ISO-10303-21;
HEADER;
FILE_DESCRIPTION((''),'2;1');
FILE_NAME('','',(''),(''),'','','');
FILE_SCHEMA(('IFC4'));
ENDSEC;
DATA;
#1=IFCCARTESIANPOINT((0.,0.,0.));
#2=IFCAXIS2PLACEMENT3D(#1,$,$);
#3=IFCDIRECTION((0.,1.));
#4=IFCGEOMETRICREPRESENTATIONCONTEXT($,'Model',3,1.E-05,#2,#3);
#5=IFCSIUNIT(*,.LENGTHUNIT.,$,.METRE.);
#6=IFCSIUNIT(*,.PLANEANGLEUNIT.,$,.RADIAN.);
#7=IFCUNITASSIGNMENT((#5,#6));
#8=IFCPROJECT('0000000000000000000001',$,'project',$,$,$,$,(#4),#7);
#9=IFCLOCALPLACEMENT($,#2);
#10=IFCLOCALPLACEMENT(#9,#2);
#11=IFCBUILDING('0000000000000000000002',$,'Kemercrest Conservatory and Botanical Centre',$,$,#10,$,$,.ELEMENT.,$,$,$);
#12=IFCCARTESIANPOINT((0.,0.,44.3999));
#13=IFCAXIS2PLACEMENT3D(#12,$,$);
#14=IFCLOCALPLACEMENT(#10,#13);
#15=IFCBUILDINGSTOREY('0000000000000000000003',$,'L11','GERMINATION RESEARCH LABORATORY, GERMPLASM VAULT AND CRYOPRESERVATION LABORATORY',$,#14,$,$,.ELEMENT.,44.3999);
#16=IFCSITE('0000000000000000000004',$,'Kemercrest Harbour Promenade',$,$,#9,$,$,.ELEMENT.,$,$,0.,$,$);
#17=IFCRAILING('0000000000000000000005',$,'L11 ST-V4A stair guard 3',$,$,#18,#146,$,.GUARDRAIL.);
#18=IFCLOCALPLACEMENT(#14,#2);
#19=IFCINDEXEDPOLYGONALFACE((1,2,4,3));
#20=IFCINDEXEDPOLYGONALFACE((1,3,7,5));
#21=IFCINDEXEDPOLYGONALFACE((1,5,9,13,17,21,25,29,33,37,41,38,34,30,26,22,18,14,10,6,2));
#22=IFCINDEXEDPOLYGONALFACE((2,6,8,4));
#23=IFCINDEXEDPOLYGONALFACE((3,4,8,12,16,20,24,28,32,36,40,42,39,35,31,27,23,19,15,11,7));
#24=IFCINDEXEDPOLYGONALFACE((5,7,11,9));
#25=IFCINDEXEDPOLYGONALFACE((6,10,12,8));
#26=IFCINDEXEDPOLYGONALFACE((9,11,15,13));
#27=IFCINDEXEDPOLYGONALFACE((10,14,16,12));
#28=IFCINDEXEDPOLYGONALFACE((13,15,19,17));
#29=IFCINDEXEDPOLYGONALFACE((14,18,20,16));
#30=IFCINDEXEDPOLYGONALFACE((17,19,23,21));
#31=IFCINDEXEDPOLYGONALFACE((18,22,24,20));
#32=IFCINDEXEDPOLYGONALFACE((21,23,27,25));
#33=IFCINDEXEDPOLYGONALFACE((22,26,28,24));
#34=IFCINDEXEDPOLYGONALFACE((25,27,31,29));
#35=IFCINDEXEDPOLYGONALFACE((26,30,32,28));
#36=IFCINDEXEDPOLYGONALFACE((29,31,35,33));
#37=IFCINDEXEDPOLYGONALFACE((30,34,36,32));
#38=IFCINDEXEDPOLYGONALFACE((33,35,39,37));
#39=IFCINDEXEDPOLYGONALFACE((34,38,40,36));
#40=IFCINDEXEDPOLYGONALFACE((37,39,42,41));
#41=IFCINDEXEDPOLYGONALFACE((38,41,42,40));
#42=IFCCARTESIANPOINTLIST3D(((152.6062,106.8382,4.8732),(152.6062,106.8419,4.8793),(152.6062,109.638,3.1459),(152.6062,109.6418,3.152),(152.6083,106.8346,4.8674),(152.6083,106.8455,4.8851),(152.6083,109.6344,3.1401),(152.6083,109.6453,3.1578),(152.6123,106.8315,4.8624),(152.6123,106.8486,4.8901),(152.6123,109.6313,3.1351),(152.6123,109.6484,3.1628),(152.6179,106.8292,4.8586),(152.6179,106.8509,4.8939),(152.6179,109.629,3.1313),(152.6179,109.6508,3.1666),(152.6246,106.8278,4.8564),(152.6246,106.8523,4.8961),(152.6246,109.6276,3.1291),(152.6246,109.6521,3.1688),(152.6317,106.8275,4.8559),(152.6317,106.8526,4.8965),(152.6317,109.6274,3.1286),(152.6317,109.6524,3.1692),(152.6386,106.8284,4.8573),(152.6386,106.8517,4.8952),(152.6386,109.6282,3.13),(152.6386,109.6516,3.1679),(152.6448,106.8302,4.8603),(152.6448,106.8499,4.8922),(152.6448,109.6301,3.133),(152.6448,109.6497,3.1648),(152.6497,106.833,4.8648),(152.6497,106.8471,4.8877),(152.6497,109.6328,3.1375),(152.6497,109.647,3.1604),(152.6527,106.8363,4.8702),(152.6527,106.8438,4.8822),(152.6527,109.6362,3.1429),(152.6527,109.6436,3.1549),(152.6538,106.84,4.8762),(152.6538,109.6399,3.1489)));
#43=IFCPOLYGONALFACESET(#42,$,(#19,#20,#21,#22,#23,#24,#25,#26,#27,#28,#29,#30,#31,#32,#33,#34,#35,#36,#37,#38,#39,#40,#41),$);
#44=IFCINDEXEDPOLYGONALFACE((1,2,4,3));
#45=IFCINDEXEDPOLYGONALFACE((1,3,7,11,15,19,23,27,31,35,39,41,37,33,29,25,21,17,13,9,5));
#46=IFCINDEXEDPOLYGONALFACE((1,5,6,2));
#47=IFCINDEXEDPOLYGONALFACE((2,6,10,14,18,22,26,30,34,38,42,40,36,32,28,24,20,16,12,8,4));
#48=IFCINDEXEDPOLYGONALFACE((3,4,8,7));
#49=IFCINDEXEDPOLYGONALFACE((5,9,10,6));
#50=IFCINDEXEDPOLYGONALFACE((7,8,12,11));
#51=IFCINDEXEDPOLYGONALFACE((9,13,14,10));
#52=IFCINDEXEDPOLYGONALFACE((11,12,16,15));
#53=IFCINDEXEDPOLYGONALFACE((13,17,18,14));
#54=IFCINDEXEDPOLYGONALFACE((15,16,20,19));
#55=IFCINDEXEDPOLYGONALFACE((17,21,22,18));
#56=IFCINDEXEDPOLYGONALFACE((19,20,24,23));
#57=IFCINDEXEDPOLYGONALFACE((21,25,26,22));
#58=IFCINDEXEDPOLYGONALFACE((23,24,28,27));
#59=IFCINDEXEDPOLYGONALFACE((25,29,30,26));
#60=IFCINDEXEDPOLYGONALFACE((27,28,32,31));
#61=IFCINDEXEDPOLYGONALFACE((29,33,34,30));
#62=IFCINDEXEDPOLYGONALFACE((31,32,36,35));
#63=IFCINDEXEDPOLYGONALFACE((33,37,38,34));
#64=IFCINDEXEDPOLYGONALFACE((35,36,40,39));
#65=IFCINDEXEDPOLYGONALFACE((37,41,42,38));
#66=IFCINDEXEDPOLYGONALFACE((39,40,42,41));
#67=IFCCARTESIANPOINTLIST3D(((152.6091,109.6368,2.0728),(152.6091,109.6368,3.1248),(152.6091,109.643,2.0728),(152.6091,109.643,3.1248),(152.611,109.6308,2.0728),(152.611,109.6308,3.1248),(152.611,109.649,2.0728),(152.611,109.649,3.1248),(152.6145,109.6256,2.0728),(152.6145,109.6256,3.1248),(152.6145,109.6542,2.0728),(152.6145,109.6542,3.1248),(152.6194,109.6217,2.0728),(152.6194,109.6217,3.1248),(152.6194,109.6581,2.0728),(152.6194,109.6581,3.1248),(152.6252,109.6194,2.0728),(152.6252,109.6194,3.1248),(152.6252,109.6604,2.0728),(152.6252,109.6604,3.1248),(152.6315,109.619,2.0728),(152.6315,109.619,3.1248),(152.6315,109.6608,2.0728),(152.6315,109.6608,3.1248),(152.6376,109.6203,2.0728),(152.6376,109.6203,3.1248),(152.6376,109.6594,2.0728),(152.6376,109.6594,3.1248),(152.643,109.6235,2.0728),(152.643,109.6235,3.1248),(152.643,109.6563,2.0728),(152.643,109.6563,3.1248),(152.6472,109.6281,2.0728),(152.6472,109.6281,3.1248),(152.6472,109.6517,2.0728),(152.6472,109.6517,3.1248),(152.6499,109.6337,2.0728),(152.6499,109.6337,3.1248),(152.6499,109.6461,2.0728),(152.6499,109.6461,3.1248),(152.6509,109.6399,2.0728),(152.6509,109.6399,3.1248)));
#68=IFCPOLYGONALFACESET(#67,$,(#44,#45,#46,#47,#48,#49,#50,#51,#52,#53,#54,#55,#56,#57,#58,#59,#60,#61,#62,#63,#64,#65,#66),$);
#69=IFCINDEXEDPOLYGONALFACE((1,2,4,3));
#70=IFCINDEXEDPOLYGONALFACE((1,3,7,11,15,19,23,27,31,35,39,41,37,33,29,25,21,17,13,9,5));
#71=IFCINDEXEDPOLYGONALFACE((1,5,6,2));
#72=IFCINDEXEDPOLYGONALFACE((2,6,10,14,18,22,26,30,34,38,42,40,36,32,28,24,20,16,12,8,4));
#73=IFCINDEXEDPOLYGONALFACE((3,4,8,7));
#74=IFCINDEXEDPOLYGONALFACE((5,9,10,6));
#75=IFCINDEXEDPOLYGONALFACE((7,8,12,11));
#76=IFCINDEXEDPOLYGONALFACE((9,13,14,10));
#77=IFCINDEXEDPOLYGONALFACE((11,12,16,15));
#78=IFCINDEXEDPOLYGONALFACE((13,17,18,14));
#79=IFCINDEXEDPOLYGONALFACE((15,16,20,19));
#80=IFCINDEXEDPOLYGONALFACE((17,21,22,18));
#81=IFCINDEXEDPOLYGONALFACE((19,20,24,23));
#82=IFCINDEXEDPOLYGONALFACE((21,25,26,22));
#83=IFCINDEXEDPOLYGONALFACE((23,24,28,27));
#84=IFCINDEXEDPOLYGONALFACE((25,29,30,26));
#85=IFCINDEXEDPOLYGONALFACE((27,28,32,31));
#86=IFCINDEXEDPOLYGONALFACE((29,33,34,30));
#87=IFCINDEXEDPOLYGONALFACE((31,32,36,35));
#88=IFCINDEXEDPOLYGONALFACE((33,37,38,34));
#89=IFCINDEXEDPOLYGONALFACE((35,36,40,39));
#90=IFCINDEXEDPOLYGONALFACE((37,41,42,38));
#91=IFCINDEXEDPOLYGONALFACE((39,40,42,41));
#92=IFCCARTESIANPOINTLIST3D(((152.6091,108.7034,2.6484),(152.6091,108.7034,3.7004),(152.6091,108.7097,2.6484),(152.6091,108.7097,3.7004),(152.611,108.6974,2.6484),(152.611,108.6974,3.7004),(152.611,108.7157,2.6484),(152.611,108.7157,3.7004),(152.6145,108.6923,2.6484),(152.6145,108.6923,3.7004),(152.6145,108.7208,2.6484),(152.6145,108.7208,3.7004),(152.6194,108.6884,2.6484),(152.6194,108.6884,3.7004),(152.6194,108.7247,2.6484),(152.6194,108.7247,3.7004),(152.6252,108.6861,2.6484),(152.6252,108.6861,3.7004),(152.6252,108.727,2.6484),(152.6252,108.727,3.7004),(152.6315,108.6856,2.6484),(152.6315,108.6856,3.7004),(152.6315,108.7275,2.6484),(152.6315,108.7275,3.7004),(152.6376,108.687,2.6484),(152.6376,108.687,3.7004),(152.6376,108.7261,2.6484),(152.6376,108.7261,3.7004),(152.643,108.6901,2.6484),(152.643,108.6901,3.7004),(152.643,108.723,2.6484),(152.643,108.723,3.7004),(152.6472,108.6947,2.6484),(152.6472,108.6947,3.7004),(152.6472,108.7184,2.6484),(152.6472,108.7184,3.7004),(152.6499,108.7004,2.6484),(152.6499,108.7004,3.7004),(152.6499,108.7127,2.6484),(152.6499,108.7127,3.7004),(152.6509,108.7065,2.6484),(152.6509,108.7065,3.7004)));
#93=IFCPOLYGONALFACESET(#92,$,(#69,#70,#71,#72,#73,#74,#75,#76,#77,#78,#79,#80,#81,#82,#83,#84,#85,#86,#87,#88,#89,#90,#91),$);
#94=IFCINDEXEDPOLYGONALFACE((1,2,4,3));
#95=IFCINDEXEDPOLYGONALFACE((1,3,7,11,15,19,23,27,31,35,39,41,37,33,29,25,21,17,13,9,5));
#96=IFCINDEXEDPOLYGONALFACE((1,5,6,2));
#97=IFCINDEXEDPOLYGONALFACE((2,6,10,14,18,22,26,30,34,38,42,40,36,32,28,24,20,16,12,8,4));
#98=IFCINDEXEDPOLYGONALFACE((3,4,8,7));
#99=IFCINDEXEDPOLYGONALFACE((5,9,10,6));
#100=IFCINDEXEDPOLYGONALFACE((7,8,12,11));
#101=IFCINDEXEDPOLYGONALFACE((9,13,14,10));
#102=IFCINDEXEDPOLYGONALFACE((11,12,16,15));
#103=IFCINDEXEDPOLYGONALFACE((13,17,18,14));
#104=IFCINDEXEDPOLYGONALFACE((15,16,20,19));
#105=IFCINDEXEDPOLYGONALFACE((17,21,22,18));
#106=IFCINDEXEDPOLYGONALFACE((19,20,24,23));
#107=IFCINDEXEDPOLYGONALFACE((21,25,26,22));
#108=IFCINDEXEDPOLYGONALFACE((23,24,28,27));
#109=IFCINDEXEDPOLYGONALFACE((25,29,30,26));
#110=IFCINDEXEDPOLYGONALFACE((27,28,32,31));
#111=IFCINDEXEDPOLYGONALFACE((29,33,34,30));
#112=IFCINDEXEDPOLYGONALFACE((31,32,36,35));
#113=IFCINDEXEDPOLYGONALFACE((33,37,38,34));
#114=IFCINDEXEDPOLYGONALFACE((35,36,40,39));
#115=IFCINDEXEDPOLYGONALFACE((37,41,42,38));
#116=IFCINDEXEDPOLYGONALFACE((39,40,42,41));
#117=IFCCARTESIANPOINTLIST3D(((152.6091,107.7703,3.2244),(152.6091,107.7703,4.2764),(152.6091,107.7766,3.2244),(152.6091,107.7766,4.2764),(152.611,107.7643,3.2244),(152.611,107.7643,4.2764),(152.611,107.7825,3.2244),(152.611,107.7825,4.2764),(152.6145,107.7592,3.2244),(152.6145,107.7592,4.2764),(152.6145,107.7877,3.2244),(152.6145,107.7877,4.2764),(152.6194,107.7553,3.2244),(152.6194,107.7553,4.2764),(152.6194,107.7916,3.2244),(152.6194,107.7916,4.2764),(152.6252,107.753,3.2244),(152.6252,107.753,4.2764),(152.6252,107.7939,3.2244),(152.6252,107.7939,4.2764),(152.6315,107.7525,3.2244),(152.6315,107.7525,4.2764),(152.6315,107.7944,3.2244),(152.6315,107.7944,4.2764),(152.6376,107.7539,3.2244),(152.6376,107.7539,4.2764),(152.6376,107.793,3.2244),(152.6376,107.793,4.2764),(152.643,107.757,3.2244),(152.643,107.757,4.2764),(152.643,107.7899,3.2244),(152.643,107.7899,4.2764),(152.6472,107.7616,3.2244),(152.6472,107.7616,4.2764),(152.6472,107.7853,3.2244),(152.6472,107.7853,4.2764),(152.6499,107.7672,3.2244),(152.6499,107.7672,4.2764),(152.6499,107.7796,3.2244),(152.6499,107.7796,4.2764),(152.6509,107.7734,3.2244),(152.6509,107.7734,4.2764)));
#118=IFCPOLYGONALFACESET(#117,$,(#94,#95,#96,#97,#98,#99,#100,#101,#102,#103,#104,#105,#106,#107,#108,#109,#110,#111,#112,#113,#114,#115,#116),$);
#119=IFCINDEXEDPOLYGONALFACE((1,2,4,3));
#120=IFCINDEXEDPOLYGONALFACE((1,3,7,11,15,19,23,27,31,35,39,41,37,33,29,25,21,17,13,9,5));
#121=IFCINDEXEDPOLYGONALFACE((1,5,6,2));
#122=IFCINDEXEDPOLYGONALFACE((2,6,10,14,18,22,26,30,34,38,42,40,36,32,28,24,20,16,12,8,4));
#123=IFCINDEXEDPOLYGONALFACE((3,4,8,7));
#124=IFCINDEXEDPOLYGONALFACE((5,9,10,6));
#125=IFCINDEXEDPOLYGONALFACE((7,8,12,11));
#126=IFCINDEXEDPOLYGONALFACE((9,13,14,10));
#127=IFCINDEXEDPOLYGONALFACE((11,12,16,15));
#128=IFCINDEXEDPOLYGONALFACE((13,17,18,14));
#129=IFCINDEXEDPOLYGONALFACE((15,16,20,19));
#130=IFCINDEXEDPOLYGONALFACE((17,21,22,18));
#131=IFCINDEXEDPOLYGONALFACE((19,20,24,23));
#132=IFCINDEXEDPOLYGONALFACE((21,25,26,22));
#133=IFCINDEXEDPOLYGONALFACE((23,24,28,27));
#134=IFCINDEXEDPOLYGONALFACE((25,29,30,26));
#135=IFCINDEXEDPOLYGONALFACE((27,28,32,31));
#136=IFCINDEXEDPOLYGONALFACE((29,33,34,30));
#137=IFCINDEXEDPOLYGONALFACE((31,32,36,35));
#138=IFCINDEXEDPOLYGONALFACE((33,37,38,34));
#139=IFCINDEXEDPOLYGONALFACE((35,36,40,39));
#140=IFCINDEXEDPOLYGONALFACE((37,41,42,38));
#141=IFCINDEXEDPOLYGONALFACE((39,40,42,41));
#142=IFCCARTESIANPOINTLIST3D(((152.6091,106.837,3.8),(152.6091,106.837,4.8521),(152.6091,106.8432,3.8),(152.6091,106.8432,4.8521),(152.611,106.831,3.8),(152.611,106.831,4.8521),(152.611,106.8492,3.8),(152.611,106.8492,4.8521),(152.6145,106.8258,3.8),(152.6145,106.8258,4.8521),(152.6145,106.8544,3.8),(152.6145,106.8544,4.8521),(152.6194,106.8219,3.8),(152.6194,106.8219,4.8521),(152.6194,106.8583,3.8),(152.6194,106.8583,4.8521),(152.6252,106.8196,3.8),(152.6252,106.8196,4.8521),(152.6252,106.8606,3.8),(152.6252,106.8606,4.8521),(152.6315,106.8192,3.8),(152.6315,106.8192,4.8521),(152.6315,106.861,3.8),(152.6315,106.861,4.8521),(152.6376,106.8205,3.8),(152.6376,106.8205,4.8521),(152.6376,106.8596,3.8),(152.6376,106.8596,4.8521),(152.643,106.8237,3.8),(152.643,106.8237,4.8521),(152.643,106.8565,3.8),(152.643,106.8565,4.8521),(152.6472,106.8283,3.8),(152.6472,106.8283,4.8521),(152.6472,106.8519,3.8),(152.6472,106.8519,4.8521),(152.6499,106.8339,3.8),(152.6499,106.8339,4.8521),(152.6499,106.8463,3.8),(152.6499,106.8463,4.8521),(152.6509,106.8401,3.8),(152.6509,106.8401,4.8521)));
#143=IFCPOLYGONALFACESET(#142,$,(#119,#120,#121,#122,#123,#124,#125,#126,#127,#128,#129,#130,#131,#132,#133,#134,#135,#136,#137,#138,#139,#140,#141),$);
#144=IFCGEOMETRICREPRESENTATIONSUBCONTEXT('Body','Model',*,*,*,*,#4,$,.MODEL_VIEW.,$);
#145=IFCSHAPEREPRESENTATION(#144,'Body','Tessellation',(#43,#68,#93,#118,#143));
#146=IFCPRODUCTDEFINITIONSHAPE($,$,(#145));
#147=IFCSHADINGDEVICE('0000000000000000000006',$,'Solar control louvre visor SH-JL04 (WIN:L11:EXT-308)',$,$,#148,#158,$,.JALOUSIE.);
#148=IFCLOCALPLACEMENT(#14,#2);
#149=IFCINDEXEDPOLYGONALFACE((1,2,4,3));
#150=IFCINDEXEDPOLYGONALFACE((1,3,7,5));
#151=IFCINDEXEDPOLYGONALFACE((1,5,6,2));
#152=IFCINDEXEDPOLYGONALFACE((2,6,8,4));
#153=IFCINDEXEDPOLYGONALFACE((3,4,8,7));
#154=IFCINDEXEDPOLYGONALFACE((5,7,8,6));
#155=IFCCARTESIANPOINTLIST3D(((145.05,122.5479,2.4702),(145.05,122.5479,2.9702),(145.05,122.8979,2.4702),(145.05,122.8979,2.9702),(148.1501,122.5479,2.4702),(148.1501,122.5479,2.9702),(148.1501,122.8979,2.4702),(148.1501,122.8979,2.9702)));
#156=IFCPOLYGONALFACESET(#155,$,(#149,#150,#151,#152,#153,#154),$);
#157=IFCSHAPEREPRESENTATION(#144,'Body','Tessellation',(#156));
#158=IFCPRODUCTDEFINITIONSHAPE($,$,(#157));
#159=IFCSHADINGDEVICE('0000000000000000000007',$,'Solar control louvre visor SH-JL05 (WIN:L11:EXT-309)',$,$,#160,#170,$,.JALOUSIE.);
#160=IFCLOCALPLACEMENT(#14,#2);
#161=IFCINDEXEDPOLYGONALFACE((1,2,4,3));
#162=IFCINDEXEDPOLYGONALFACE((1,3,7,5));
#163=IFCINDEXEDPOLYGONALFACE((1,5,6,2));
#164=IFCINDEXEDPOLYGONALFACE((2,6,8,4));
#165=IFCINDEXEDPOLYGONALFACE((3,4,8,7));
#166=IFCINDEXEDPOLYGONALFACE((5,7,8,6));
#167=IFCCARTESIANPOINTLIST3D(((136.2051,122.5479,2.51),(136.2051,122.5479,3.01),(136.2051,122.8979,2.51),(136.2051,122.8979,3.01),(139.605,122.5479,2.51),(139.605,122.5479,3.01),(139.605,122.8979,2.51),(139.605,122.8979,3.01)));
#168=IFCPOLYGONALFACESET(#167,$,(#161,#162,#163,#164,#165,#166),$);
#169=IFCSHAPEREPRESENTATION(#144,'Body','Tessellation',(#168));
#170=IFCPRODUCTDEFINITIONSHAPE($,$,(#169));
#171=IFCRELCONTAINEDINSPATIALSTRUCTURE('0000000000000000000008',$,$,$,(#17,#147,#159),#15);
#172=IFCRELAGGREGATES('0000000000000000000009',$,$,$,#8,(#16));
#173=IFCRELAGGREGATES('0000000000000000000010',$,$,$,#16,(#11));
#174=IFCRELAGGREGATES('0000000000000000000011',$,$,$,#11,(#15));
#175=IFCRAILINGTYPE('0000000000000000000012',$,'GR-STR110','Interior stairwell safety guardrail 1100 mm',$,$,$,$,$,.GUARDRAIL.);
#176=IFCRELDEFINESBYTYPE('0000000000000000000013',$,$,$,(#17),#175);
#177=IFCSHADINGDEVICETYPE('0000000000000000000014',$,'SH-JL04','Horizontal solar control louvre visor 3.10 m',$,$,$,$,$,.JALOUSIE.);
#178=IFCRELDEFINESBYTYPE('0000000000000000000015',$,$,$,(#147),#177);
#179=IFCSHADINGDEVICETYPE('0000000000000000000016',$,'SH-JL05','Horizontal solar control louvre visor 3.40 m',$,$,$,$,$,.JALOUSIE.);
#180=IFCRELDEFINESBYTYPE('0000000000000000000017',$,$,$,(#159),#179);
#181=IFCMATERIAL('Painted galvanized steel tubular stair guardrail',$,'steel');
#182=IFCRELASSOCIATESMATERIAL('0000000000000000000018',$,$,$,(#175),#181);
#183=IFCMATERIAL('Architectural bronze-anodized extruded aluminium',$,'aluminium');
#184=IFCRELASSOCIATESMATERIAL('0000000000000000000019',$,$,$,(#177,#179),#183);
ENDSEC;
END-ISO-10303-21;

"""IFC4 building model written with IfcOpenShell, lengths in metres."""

from ifc_helpers import new_model, si_unit, direction, frame, origin, origin_2d, place, context, subcontext, project, spatial, rectangle, circle, extrude, material, type_object, element, save


model = new_model("IFC4")

# Units and contexts
model_context = context("Model", 3, precision=1e-05, world=origin(), true_north=direction((0.0, 1.0)))
body_context = subcontext(model_context, "Body", "Model", "MODEL_VIEW")
ifc_project = project(units=[si_unit("LENGTHUNIT", "METRE"), si_unit("PLANEANGLEUNIT", "RADIAN")], contexts=[model_context])

# Site, building, storey
site_placement = place(None, origin())
site = spatial("IfcSite", under=ifc_project, at=site_placement, Name="Kemercrest Harbour Promenade", CompositionType="ELEMENT", RefElevation=0.0)
building_placement = place(site_placement, origin())
building = spatial("IfcBuilding", under=site, at=building_placement, Name="Kemercrest Conservatory and Botanical Centre", CompositionType="ELEMENT")
storey_placement = place(building_placement, frame((0.0, 0.0, 44.3999)))
storey = spatial("IfcBuildingStorey", under=building, at=storey_placement, Name="L11", Description="GERMINATION RESEARCH LABORATORY, GERMPLASM VAULT AND CRYOPRESERVATION LABORATORY", CompositionType="ELEMENT", Elevation=44.3999)

# Railing
ifc_material_1 = material(Name="Painted galvanized steel tubular stair guardrail", Category="steel")
railing_type = type_object("IfcRailingType", Name="GR-STR110", Description="Interior stairwell safety guardrail 1100 mm", PredefinedType="GUARDRAIL", material=ifc_material_1)
railing_1_placement = place(storey_placement, frame((152.6299, 109.6399, 2.0728)))
element("IfcRailing", 1, at=railing_1_placement, inside=storey, type_object=railing_type, Name="L11 ST-V4A stair guard 3", PredefinedType="GUARDRAIL", context=body_context, shape_type="SweptSolid", body=[
    extrude(circle(Radius=0.0239, at=origin_2d()), frame((0.0, 0.0, 1.0762), z_axis=(0.0, -0.851069, 0.525054), x_axis=(1.0, 0.0, 0.0)), (0.0, 0.0, 1.0), 3.2898),
    extrude(circle(Radius=0.021, at=origin_2d()), origin(), (0.0, 0.0, 1.0), 1.052),
    extrude(circle(Radius=0.021, at=origin_2d()), frame((0.0, -0.9333, 0.5757)), (0.0, 0.0, 1.0), 1.052),
    extrude(circle(Radius=0.021, at=origin_2d()), frame((0.0, -1.8665, 1.1516)), (0.0, 0.0, 1.0), 1.052),
    extrude(circle(Radius=0.021, at=origin_2d()), frame((0.0, -2.7998, 1.7273)), (0.0, 0.0, 1.0), 1.052),
])

# Shading devices
ifc_material_2 = material(Name="Architectural bronze-anodized extruded aluminium", Category="aluminium")
shading_device_type_1 = type_object("IfcShadingDeviceType", Name="SH-JL04", Description="Horizontal solar control louvre visor 3.10 m", PredefinedType="JALOUSIE", material=ifc_material_2)
shading_device_1_placement = place(storey_placement, frame((146.6001, 122.7229, 2.4702), z_axis=(0.0, 0.0, 1.0), x_axis=(-1.0, 0.0, 0.0)))
element("IfcShadingDevice", 2, at=shading_device_1_placement, inside=storey, type_object=shading_device_type_1, Name="Solar control louvre visor SH-JL04 (WIN:L11:EXT-308)", PredefinedType="JALOUSIE", context=body_context, shape_type="SweptSolid", body=[
    extrude(rectangle(XDim=3.1001, YDim=0.3501, at=origin_2d()), origin(), (0.0, 0.0, 1.0), 0.5),
])
shading_device_type_2 = type_object("IfcShadingDeviceType", Name="SH-JL05", Description="Horizontal solar control louvre visor 3.40 m", PredefinedType="JALOUSIE", material=ifc_material_2)
shading_device_2_placement = place(storey_placement, frame((137.905, 122.7229, 2.51), z_axis=(0.0, 0.0, 1.0), x_axis=(-1.0, 0.0, 0.0)))
element("IfcShadingDevice", 3, at=shading_device_2_placement, inside=storey, type_object=shading_device_type_2, Name="Solar control louvre visor SH-JL05 (WIN:L11:EXT-309)", PredefinedType="JALOUSIE", context=body_context, shape_type="SweptSolid", body=[
    extrude(rectangle(XDim=3.3999, YDim=0.3501, at=origin_2d()), origin(), (0.0, 0.0, 1.0), 0.5),
])

save(model, "model.ifc")
